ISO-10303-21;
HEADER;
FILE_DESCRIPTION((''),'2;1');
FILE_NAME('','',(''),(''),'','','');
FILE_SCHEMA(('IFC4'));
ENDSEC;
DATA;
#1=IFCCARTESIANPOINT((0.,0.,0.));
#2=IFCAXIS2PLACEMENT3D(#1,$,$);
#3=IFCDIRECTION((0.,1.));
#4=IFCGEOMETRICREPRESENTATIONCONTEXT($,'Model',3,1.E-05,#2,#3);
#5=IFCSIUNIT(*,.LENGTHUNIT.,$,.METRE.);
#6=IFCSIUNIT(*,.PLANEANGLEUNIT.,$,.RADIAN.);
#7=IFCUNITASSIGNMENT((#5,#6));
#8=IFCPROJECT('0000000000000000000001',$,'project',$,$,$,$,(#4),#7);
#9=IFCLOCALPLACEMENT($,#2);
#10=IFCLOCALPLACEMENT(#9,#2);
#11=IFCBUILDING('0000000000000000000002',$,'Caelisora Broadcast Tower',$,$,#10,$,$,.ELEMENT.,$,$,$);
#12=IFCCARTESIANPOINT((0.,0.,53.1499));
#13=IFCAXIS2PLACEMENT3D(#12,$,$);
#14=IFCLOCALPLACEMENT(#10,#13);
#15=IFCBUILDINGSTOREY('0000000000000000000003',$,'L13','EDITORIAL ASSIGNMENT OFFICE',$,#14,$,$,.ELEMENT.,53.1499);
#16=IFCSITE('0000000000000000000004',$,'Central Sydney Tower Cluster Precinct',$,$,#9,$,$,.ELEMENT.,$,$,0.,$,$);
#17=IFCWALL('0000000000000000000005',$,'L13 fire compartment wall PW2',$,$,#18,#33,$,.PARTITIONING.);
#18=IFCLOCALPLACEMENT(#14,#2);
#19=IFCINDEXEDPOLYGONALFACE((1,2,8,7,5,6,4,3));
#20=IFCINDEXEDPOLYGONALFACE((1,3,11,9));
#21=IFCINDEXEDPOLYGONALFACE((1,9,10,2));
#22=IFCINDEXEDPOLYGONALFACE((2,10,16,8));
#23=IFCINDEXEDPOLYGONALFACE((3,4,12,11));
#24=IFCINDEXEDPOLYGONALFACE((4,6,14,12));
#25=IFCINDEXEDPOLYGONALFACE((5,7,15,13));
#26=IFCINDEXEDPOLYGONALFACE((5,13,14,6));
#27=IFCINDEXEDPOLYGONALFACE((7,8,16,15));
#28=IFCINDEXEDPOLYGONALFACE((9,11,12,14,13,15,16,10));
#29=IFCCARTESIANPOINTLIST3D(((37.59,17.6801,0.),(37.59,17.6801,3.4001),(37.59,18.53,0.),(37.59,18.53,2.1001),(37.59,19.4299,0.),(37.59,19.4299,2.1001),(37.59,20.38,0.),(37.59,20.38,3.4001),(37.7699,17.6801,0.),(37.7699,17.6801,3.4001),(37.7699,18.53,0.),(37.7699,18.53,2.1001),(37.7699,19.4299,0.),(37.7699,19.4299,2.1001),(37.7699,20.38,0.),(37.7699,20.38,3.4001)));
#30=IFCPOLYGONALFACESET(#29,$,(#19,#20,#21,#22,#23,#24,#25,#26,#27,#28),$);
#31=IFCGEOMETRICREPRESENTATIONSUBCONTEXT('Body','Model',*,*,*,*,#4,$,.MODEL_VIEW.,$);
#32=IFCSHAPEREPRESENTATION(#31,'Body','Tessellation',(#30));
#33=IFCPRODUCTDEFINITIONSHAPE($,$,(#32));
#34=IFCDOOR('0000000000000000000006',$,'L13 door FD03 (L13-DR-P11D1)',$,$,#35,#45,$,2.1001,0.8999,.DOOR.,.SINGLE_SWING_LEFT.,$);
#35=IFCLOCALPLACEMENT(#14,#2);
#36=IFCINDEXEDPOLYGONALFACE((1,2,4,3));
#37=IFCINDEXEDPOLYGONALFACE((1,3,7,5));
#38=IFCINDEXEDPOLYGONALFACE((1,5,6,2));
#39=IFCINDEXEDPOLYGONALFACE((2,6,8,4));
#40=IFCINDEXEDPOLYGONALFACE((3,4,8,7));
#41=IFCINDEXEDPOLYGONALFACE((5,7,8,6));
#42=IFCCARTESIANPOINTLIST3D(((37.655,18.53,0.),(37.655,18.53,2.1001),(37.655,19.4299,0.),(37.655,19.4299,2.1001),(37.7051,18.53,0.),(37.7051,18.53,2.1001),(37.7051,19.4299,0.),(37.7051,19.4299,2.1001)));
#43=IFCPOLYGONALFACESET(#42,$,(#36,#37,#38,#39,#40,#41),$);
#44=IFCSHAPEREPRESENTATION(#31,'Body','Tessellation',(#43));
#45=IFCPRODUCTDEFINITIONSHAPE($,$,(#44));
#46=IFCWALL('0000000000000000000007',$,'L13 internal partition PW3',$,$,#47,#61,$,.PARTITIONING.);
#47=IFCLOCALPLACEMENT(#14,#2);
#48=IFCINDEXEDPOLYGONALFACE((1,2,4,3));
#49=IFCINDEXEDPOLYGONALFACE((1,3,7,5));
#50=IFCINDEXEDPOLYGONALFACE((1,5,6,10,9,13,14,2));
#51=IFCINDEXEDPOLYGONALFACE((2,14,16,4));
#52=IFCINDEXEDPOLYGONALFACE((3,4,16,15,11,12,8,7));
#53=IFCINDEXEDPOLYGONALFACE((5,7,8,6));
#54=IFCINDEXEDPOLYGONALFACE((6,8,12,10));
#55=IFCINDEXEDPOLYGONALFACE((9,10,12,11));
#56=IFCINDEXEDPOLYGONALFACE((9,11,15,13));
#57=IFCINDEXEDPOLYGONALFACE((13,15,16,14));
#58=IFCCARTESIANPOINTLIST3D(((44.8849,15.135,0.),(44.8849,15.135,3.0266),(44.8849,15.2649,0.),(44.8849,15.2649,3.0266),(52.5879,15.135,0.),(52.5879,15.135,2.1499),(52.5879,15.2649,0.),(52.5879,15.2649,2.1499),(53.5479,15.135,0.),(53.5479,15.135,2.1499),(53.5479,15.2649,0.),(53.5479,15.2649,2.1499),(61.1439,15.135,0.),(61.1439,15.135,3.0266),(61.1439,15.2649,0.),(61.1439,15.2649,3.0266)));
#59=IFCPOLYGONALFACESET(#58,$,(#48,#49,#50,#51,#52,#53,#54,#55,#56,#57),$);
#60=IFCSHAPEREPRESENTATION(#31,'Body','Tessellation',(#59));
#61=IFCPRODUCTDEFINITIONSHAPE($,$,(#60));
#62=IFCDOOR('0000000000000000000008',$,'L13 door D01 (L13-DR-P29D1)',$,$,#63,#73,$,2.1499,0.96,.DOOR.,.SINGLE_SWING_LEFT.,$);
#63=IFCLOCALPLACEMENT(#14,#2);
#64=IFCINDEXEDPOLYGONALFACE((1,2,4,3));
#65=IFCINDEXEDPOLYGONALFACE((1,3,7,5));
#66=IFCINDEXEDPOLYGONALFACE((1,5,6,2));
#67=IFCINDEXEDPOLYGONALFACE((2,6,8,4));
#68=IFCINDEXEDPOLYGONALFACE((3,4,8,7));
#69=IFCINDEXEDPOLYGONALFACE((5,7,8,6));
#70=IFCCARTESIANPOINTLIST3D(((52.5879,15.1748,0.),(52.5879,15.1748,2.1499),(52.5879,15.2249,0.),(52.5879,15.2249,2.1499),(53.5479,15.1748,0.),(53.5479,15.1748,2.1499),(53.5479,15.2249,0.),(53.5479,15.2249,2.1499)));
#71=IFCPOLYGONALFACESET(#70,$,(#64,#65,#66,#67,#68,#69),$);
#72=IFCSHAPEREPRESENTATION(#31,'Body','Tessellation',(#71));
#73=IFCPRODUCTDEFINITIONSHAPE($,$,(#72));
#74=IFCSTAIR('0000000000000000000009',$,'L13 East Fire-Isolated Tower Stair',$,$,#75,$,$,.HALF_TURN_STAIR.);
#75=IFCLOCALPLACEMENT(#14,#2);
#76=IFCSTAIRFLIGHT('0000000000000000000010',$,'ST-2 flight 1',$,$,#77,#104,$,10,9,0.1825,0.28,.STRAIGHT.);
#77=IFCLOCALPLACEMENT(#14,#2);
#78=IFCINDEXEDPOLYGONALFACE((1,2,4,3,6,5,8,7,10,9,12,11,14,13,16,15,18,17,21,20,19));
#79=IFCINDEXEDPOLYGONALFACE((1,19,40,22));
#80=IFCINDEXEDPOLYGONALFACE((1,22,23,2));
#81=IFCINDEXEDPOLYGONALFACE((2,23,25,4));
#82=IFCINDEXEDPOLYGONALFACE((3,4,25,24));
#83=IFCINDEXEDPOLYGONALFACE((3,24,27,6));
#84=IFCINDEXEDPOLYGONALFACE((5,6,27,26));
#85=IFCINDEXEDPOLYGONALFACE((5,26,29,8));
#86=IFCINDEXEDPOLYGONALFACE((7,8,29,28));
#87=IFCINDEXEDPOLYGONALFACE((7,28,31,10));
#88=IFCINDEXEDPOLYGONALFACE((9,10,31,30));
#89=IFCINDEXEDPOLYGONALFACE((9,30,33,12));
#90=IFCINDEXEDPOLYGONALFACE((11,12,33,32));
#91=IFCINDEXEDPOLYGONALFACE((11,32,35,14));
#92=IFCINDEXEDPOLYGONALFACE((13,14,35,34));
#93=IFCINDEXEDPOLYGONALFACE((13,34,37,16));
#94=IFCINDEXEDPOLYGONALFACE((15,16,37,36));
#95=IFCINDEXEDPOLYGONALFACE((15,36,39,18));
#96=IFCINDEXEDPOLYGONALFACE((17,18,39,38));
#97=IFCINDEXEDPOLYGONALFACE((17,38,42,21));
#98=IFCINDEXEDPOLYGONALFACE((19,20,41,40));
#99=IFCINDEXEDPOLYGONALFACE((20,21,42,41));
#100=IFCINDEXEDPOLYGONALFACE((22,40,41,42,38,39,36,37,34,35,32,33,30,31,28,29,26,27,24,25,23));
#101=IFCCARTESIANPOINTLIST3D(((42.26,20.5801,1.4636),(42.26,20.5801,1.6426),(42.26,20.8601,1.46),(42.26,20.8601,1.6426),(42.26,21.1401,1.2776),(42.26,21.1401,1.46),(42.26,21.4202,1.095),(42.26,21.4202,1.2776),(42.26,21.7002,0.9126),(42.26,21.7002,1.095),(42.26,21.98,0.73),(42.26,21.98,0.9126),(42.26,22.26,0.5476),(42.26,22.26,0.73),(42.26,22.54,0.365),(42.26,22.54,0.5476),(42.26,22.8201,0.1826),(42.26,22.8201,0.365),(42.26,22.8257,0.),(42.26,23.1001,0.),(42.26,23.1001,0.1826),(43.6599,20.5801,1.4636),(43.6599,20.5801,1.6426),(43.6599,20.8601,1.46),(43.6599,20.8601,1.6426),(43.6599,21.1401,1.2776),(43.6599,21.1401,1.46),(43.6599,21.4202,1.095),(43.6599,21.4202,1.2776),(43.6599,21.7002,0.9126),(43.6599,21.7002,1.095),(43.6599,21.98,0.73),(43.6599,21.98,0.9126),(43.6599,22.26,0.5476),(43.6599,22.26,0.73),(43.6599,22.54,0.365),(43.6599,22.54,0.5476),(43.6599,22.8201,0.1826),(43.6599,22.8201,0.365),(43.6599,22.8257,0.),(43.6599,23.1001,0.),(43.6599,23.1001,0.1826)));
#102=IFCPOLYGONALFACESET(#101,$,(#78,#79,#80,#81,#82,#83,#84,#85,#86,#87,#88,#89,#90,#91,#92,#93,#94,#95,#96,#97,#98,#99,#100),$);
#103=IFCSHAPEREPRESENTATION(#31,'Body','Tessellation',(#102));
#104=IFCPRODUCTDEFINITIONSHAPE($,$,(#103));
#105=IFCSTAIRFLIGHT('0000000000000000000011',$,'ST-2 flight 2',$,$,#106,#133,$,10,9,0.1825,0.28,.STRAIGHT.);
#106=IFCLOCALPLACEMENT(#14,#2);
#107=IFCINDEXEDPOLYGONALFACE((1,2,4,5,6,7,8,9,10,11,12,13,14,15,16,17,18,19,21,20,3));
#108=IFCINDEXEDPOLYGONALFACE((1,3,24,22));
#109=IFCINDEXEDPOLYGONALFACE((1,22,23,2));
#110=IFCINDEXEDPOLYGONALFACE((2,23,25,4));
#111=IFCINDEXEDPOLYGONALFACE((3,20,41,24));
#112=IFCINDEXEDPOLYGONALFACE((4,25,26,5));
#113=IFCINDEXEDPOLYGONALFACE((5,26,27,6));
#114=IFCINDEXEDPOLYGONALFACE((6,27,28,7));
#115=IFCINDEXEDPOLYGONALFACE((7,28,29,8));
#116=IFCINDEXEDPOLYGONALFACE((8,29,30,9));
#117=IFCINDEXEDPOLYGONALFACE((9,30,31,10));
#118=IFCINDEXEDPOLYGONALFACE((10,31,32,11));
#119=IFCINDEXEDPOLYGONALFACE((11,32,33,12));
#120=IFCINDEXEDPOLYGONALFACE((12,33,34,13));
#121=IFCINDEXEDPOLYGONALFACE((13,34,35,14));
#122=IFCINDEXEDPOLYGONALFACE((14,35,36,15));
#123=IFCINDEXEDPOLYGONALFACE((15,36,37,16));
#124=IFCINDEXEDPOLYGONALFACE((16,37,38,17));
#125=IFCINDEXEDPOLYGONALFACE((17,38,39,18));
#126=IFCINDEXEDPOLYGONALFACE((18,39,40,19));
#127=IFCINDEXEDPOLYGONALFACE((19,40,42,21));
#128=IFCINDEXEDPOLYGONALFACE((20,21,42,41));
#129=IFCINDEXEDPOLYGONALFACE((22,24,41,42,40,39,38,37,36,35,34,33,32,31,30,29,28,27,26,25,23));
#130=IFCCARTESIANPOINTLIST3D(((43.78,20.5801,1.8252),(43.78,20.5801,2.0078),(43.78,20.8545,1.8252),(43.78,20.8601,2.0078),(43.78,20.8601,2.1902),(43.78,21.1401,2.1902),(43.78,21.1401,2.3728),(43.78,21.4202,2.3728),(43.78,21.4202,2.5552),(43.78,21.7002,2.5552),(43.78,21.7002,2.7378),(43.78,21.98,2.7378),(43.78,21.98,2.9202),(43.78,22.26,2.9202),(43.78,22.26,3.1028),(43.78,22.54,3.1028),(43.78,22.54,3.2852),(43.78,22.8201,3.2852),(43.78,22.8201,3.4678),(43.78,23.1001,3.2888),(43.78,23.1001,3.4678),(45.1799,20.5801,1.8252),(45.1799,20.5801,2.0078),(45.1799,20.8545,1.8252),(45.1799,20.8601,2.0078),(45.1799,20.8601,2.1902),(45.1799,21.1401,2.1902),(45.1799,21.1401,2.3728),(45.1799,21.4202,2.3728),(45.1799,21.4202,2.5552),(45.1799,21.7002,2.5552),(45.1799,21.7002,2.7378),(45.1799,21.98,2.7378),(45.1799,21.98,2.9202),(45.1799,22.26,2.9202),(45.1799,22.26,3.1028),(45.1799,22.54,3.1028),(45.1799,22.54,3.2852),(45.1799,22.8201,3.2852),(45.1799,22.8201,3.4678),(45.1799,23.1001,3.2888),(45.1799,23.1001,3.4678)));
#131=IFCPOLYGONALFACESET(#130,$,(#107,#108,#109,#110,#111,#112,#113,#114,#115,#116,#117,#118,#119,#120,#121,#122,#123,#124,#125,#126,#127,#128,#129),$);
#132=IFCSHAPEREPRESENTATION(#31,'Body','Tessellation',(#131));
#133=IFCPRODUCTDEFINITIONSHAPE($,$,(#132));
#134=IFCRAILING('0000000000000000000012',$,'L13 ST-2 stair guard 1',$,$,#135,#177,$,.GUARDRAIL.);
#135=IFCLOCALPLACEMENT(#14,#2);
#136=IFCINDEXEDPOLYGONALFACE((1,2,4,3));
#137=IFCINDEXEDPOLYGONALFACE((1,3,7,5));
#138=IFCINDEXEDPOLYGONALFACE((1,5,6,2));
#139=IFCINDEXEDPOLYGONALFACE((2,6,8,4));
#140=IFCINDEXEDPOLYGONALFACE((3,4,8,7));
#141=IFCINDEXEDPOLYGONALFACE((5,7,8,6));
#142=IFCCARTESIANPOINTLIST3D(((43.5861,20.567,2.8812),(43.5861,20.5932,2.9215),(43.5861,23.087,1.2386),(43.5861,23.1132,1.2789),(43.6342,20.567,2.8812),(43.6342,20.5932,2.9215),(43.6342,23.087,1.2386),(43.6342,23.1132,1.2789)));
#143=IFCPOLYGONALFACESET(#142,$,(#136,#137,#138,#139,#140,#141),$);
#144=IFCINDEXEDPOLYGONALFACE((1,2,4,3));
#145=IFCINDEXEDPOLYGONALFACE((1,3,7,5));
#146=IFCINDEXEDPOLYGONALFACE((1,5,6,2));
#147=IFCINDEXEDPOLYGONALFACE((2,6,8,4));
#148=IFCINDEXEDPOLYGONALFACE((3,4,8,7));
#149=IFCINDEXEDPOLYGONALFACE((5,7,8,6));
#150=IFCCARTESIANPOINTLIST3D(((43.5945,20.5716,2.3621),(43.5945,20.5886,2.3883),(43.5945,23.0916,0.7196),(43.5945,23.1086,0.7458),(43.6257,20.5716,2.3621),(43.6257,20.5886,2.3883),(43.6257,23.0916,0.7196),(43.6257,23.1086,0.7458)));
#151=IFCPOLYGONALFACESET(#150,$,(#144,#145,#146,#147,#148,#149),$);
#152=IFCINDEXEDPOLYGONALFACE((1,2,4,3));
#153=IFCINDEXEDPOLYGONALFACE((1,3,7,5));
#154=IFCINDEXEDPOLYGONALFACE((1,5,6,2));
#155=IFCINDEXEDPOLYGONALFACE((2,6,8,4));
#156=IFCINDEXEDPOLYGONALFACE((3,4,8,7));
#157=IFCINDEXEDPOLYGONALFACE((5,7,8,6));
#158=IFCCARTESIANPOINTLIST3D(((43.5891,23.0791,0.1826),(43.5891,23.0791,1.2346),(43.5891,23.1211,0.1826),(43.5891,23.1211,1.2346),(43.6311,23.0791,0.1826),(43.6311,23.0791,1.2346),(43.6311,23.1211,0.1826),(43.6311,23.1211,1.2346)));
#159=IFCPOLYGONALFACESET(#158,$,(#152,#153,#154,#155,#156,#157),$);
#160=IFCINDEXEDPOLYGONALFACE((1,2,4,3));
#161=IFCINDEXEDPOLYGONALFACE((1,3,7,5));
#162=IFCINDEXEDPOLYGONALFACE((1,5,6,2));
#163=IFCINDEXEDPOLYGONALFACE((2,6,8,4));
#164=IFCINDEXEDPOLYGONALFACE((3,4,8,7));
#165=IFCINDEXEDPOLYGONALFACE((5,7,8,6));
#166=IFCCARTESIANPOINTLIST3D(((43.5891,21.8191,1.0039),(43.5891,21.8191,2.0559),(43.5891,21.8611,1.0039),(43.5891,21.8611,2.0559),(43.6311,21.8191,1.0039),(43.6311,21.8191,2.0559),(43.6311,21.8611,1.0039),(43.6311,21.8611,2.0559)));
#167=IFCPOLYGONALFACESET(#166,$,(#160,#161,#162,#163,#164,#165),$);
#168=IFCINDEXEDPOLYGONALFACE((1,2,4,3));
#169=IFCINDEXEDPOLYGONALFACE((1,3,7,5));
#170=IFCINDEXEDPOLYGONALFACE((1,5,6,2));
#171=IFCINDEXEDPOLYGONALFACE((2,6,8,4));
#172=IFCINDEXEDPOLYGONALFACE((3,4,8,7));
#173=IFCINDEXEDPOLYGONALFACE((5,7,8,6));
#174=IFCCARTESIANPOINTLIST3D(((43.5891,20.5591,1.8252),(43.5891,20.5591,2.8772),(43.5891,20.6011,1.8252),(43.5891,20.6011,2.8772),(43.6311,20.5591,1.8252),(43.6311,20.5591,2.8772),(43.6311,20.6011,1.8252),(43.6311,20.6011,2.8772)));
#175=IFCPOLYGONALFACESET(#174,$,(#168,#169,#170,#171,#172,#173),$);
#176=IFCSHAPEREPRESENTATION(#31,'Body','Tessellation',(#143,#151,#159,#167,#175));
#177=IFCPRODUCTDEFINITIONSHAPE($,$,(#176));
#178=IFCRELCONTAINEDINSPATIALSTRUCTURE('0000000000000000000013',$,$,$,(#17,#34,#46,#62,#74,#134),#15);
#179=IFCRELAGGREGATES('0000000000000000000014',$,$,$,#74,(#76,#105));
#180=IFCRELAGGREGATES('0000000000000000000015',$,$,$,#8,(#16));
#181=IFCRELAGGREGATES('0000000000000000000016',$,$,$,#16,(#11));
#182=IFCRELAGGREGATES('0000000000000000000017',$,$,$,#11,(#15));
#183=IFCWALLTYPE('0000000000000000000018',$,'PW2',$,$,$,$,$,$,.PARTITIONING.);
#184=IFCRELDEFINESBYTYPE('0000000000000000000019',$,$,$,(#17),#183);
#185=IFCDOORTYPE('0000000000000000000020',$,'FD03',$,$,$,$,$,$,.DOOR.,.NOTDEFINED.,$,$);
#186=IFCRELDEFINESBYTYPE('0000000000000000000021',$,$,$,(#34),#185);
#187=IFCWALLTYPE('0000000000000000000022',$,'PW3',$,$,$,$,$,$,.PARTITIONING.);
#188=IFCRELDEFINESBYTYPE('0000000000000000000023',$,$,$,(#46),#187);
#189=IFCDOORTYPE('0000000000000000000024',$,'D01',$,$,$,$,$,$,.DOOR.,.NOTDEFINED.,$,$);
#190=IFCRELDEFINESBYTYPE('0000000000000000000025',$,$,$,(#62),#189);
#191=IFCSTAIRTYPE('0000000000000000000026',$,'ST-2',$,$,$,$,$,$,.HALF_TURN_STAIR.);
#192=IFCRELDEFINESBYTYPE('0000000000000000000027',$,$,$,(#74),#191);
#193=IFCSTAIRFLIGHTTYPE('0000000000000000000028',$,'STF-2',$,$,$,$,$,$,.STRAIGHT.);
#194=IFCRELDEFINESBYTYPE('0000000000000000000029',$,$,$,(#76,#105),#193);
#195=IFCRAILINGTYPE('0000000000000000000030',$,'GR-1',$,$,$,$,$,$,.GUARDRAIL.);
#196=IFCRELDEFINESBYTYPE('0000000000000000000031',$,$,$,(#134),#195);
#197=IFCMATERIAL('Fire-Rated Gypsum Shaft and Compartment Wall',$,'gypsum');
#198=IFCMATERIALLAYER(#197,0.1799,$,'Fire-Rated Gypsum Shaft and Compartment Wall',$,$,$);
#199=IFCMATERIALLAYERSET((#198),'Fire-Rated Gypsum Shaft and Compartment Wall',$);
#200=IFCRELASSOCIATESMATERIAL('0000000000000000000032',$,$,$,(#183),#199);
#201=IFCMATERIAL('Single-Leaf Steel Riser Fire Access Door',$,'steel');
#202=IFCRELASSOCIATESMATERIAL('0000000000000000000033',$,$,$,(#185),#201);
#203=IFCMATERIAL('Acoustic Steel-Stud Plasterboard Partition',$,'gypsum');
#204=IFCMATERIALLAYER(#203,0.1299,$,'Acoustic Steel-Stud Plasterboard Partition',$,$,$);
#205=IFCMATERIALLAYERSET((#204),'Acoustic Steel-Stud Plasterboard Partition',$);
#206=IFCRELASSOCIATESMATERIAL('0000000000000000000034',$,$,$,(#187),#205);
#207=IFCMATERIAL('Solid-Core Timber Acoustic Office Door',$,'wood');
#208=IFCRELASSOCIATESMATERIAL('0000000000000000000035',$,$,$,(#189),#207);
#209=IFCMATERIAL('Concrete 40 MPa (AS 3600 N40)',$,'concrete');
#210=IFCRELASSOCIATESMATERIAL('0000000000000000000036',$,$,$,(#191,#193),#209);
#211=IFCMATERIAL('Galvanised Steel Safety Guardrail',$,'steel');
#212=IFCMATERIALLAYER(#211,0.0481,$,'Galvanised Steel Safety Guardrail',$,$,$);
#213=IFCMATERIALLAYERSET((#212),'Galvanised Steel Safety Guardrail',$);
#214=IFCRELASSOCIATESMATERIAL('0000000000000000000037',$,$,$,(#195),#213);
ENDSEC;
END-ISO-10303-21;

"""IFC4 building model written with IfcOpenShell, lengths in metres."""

from ifc_helpers import new_model, si_unit, direction, frame, frame_2d, origin, origin_2d, place, context, subcontext, project, spatial, polyline, rectangle, outline, extrude, material, layer, layer_set, type_object, element, fill, aggregate, save


model = new_model("IFC4")

# Units and contexts
model_context = context("Model", 3, precision=1e-05, world=origin(), true_north=direction((0.0, 1.0)))
body_context = subcontext(model_context, "Body", "Model", "MODEL_VIEW")
ifc_project = project(units=[si_unit("LENGTHUNIT", "METRE"), si_unit("PLANEANGLEUNIT", "RADIAN")], contexts=[model_context])

# Site, building, storey
site_placement = place(None, origin())
site = spatial("IfcSite", under=ifc_project, at=site_placement, Name="Central Sydney Tower Cluster Precinct", CompositionType="ELEMENT", RefElevation=0.0)
building_placement = place(site_placement, origin())
building = spatial("IfcBuilding", under=site, at=building_placement, Name="Caelisora Broadcast Tower", CompositionType="ELEMENT")
storey_placement = place(building_placement, frame((0.0, 0.0, 53.1499)))
storey = spatial("IfcBuildingStorey", under=building, at=storey_placement, Name="L13", Description="EDITORIAL ASSIGNMENT OFFICE", CompositionType="ELEMENT", Elevation=53.1499)

# Shared definitions
ifc_material_1 = material(Name="Fire-Rated Gypsum Shaft and Compartment Wall", Category="gypsum")
ifc_layer_1 = layer(ifc_material_1, 0.1799, Name="Fire-Rated Gypsum Shaft and Compartment Wall")
ifc_layer_set_1 = layer_set([ifc_layer_1], Name="Fire-Rated Gypsum Shaft and Compartment Wall")
wall_type_1 = type_object("IfcWallType", Name="PW2", PredefinedType="PARTITIONING", material=ifc_layer_set_1)

# Walls, openings, doors
wall_1_placement = place(storey_placement, frame((37.6799, 17.6799, 0.0), z_axis=(0.0, 0.0, 1.0), x_axis=(0.0, 1.0, 0.0)))
wall_1 = element("IfcWall", 1, at=wall_1_placement, inside=storey, type_object=wall_type_1, Name="L13 fire compartment wall PW2", PredefinedType="PARTITIONING", context=body_context, shape_type="SweptSolid", body=[
    extrude(rectangle(XDim=2.7, YDim=0.1799, at=frame_2d((1.3501, 0.0))), origin(), (0.0, 0.0, 1.0), 3.4001),
])
opening_1_placement = place(wall_1_placement, frame((0.8501, 0.0, 0.0)))
opening_1 = element("IfcOpeningElement", 2, at=opening_1_placement, cuts=wall_1, PredefinedType="OPENING", context=body_context, shape_type="SweptSolid", body=[
    extrude(rectangle(XDim=0.8999, YDim=2.1001, at=frame_2d((0.45, 1.05))), frame((0.0, 0.1021, 0.0), z_axis=(0.0, -1.0, 0.0), x_axis=(1.0, 0.0, 0.0)), (0.0, 0.0, 1.0), 0.2039),
])
ifc_material_2 = material(Name="Single-Leaf Steel Riser Fire Access Door", Category="steel")
door_type_1 = type_object("IfcDoorType", Name="FD03", OperationType="NOTDEFINED", PredefinedType="DOOR", material=ifc_material_2)
door_1_placement = place(opening_1_placement, origin())
door_1 = element("IfcDoor", 3, at=door_1_placement, inside=storey, type_object=door_type_1, Name="L13 door FD03 (L13-DR-P11D1)", OperationType="SINGLE_SWING_LEFT", OverallHeight=2.1001, OverallWidth=0.8999, PredefinedType="DOOR", context=body_context, shape_type="SweptSolid", body=[
    extrude(rectangle(XDim=0.8999, YDim=2.1001, at=frame_2d((0.45, 1.05))), frame((0.0, 0.0249, 0.0), z_axis=(0.0, -1.0, 0.0), x_axis=(1.0, 0.0, 0.0)), (0.0, 0.0, 1.0), 0.05),
])
fill(opening_1, door_1)
ifc_material_3 = material(Name="Acoustic Steel-Stud Plasterboard Partition", Category="gypsum")
ifc_layer_2 = layer(ifc_material_3, 0.1299, Name="Acoustic Steel-Stud Plasterboard Partition")
ifc_layer_set_2 = layer_set([ifc_layer_2], Name="Acoustic Steel-Stud Plasterboard Partition")
wall_type_2 = type_object("IfcWallType", Name="PW3", PredefinedType="PARTITIONING", material=ifc_layer_set_2)
wall_2_placement = place(storey_placement, frame((44.885, 15.2, 0.0), z_axis=(0.0, 0.0, 1.0), x_axis=(1.0, 0.0, 0.0)))
wall_2 = element("IfcWall", 4, at=wall_2_placement, inside=storey, type_object=wall_type_2, Name="L13 internal partition PW3", PredefinedType="PARTITIONING", context=body_context, shape_type="SweptSolid", body=[
    extrude(rectangle(XDim=16.259, YDim=0.1299, at=frame_2d((8.1294, 0.0))), origin(), (0.0, 0.0, 1.0), 3.0266),
])
opening_2_placement = place(wall_2_placement, frame((7.7029, 0.0, 0.0)))
opening_2 = element("IfcOpeningElement", 5, at=opening_2_placement, cuts=wall_2, PredefinedType="OPENING", context=body_context, shape_type="SweptSolid", body=[
    extrude(rectangle(XDim=0.96, YDim=2.1499, at=frame_2d((0.48, 1.075))), frame((0.0, 0.0769, 0.0), z_axis=(0.0, -1.0, 0.0), x_axis=(1.0, 0.0, 0.0)), (0.0, 0.0, 1.0), 0.1538),
])
ifc_material_4 = material(Name="Solid-Core Timber Acoustic Office Door", Category="wood")
door_type_2 = type_object("IfcDoorType", Name="D01", OperationType="NOTDEFINED", PredefinedType="DOOR", material=ifc_material_4)
door_2_placement = place(opening_2_placement, origin())
door_2 = element("IfcDoor", 6, at=door_2_placement, inside=storey, type_object=door_type_2, Name="L13 door D01 (L13-DR-P29D1)", OperationType="SINGLE_SWING_LEFT", OverallHeight=2.1499, OverallWidth=0.96, PredefinedType="DOOR", context=body_context, shape_type="SweptSolid", body=[
    extrude(rectangle(XDim=0.96, YDim=2.1499, at=frame_2d((0.48, 1.075))), frame((0.0, 0.0249, 0.0), z_axis=(0.0, -1.0, 0.0), x_axis=(1.0, 0.0, 0.0)), (0.0, 0.0, 1.0), 0.05),
])
fill(opening_2, door_2)

# Stair, stair flights
ifc_material_5 = material(Name="Concrete 40 MPa (AS 3600 N40)", Category="concrete")
stair_type = type_object("IfcStairType", Name="ST-2", PredefinedType="HALF_TURN_STAIR", material=ifc_material_5)
stair_placement = place(storey_placement, origin())
stair = element("IfcStair", 7, at=stair_placement, inside=storey, type_object=stair_type, Name="L13 East Fire-Isolated Tower Stair", PredefinedType="HALF_TURN_STAIR")
stair_flight_type = type_object("IfcStairFlightType", Name="STF-2", PredefinedType="STRAIGHT", material=ifc_material_5)
stair_flight_1_placement = place(storey_placement, frame((42.96, 23.1001, 0.0), z_axis=(0.0, 0.0, 1.0), x_axis=(0.0, -1.0, 0.0)))
stair_flight_1 = element("IfcStairFlight", 8, at=stair_flight_1_placement, type_object=stair_flight_type, Name="ST-2 flight 1", NumberOfRisers=10, NumberOfTreads=9, PredefinedType="STRAIGHT", RiserHeight=0.1825, TreadLength=0.28, context=body_context, shape_type="SweptSolid", body=[
    extrude(outline(polyline([(0.0, 0.0), (0.0, 0.1826), (0.28, 0.1826), (0.28, 0.365), (0.5601, 0.365), (0.5601, 0.5476), (0.8401, 0.5476), (0.8401, 0.73), (1.1201, 0.73), (1.1201, 0.9126), (1.3999, 0.9126), (1.3999, 1.095), (1.6799, 1.095), (1.6799, 1.2776), (1.96, 1.2776), (1.96, 1.46), (2.24, 1.46), (2.24, 1.6426), (2.52, 1.6426), (2.52, 1.825), (2.52, 1.4636), (0.2744, 0.0), (0.0, 0.0)])), frame((0.0, 0.7, 0.0), z_axis=(0.0, -1.0, 0.0), x_axis=(1.0, 0.0, 0.0)), (0.0, 0.0, 1.0), 1.3999),
])
stair_flight_2_placement = place(storey_placement, frame((44.48, 20.5801, 1.8252), z_axis=(0.0, 0.0, 1.0), x_axis=(0.0, 1.0, 0.0)))
stair_flight_2 = element("IfcStairFlight", 9, at=stair_flight_2_placement, type_object=stair_flight_type, Name="ST-2 flight 2", NumberOfRisers=10, NumberOfTreads=9, PredefinedType="STRAIGHT", RiserHeight=0.1825, TreadLength=0.28, context=body_context, shape_type="SweptSolid", body=[
    extrude(outline(polyline([(0.0, 0.0), (0.0, 0.1826), (0.28, 0.1826), (0.28, 0.365), (0.5601, 0.365), (0.5601, 0.5476), (0.8401, 0.5476), (0.8401, 0.73), (1.1201, 0.73), (1.1201, 0.9126), (1.3999, 0.9126), (1.3999, 1.095), (1.6799, 1.095), (1.6799, 1.2776), (1.96, 1.2776), (1.96, 1.46), (2.24, 1.46), (2.24, 1.6426), (2.52, 1.6426), (2.52, 1.825), (2.52, 1.4636), (0.2744, 0.0), (0.0, 0.0)])), frame((0.0, 0.7, 0.0), z_axis=(0.0, -1.0, 0.0), x_axis=(1.0, 0.0, 0.0)), (0.0, 0.0, 1.0), 1.3999),
])
aggregate(stair, [stair_flight_1, stair_flight_2])

# Railing
ifc_material_6 = material(Name="Galvanised Steel Safety Guardrail", Category="steel")
ifc_layer_3 = layer(ifc_material_6, 0.0481, Name="Galvanised Steel Safety Guardrail")
ifc_layer_set_3 = layer_set([ifc_layer_3], Name="Galvanised Steel Safety Guardrail")
railing_type_1 = type_object("IfcRailingType", Name="GR-1", PredefinedType="GUARDRAIL", material=ifc_layer_set_3)
railing_1_placement = place(storey_placement, frame((43.6101, 23.1001, 0.1826)))
element("IfcRailing", 10, at=railing_1_placement, inside=storey, type_object=railing_type_1, Name="L13 ST-2 stair guard 1", PredefinedType="GUARDRAIL", context=body_context, shape_type="SweptSolid", body=[
    extrude(rectangle(XDim=0.0481, YDim=0.0481, at=origin_2d()), frame((0.0, 0.0, 1.0762), z_axis=(0.0, -0.837749, 0.546055), x_axis=(1.0, 0.0, 0.0)), (0.0, 0.0, 1.0), 3.0081),
    extrude(rectangle(XDim=0.0312, YDim=0.0312, at=origin_2d()), frame((0.0, 0.0, 0.55), z_axis=(0.0, -0.837749, 0.546055), x_axis=(1.0, 0.0, 0.0)), (0.0, 0.0, 1.0), 3.0081),
    extrude(rectangle(XDim=0.042, YDim=0.042, at=origin_2d()), origin(), (0.0, 0.0, 1.0), 1.052),
    extrude(rectangle(XDim=0.042, YDim=0.042, at=origin_2d()), frame((0.0, -1.26, 0.8213)), (0.0, 0.0, 1.0), 1.052),
    extrude(rectangle(XDim=0.042, YDim=0.042, at=origin_2d()), frame((0.0, -2.52, 1.6426)), (0.0, 0.0, 1.0), 1.052),
])

save(model, "model.ifc")
